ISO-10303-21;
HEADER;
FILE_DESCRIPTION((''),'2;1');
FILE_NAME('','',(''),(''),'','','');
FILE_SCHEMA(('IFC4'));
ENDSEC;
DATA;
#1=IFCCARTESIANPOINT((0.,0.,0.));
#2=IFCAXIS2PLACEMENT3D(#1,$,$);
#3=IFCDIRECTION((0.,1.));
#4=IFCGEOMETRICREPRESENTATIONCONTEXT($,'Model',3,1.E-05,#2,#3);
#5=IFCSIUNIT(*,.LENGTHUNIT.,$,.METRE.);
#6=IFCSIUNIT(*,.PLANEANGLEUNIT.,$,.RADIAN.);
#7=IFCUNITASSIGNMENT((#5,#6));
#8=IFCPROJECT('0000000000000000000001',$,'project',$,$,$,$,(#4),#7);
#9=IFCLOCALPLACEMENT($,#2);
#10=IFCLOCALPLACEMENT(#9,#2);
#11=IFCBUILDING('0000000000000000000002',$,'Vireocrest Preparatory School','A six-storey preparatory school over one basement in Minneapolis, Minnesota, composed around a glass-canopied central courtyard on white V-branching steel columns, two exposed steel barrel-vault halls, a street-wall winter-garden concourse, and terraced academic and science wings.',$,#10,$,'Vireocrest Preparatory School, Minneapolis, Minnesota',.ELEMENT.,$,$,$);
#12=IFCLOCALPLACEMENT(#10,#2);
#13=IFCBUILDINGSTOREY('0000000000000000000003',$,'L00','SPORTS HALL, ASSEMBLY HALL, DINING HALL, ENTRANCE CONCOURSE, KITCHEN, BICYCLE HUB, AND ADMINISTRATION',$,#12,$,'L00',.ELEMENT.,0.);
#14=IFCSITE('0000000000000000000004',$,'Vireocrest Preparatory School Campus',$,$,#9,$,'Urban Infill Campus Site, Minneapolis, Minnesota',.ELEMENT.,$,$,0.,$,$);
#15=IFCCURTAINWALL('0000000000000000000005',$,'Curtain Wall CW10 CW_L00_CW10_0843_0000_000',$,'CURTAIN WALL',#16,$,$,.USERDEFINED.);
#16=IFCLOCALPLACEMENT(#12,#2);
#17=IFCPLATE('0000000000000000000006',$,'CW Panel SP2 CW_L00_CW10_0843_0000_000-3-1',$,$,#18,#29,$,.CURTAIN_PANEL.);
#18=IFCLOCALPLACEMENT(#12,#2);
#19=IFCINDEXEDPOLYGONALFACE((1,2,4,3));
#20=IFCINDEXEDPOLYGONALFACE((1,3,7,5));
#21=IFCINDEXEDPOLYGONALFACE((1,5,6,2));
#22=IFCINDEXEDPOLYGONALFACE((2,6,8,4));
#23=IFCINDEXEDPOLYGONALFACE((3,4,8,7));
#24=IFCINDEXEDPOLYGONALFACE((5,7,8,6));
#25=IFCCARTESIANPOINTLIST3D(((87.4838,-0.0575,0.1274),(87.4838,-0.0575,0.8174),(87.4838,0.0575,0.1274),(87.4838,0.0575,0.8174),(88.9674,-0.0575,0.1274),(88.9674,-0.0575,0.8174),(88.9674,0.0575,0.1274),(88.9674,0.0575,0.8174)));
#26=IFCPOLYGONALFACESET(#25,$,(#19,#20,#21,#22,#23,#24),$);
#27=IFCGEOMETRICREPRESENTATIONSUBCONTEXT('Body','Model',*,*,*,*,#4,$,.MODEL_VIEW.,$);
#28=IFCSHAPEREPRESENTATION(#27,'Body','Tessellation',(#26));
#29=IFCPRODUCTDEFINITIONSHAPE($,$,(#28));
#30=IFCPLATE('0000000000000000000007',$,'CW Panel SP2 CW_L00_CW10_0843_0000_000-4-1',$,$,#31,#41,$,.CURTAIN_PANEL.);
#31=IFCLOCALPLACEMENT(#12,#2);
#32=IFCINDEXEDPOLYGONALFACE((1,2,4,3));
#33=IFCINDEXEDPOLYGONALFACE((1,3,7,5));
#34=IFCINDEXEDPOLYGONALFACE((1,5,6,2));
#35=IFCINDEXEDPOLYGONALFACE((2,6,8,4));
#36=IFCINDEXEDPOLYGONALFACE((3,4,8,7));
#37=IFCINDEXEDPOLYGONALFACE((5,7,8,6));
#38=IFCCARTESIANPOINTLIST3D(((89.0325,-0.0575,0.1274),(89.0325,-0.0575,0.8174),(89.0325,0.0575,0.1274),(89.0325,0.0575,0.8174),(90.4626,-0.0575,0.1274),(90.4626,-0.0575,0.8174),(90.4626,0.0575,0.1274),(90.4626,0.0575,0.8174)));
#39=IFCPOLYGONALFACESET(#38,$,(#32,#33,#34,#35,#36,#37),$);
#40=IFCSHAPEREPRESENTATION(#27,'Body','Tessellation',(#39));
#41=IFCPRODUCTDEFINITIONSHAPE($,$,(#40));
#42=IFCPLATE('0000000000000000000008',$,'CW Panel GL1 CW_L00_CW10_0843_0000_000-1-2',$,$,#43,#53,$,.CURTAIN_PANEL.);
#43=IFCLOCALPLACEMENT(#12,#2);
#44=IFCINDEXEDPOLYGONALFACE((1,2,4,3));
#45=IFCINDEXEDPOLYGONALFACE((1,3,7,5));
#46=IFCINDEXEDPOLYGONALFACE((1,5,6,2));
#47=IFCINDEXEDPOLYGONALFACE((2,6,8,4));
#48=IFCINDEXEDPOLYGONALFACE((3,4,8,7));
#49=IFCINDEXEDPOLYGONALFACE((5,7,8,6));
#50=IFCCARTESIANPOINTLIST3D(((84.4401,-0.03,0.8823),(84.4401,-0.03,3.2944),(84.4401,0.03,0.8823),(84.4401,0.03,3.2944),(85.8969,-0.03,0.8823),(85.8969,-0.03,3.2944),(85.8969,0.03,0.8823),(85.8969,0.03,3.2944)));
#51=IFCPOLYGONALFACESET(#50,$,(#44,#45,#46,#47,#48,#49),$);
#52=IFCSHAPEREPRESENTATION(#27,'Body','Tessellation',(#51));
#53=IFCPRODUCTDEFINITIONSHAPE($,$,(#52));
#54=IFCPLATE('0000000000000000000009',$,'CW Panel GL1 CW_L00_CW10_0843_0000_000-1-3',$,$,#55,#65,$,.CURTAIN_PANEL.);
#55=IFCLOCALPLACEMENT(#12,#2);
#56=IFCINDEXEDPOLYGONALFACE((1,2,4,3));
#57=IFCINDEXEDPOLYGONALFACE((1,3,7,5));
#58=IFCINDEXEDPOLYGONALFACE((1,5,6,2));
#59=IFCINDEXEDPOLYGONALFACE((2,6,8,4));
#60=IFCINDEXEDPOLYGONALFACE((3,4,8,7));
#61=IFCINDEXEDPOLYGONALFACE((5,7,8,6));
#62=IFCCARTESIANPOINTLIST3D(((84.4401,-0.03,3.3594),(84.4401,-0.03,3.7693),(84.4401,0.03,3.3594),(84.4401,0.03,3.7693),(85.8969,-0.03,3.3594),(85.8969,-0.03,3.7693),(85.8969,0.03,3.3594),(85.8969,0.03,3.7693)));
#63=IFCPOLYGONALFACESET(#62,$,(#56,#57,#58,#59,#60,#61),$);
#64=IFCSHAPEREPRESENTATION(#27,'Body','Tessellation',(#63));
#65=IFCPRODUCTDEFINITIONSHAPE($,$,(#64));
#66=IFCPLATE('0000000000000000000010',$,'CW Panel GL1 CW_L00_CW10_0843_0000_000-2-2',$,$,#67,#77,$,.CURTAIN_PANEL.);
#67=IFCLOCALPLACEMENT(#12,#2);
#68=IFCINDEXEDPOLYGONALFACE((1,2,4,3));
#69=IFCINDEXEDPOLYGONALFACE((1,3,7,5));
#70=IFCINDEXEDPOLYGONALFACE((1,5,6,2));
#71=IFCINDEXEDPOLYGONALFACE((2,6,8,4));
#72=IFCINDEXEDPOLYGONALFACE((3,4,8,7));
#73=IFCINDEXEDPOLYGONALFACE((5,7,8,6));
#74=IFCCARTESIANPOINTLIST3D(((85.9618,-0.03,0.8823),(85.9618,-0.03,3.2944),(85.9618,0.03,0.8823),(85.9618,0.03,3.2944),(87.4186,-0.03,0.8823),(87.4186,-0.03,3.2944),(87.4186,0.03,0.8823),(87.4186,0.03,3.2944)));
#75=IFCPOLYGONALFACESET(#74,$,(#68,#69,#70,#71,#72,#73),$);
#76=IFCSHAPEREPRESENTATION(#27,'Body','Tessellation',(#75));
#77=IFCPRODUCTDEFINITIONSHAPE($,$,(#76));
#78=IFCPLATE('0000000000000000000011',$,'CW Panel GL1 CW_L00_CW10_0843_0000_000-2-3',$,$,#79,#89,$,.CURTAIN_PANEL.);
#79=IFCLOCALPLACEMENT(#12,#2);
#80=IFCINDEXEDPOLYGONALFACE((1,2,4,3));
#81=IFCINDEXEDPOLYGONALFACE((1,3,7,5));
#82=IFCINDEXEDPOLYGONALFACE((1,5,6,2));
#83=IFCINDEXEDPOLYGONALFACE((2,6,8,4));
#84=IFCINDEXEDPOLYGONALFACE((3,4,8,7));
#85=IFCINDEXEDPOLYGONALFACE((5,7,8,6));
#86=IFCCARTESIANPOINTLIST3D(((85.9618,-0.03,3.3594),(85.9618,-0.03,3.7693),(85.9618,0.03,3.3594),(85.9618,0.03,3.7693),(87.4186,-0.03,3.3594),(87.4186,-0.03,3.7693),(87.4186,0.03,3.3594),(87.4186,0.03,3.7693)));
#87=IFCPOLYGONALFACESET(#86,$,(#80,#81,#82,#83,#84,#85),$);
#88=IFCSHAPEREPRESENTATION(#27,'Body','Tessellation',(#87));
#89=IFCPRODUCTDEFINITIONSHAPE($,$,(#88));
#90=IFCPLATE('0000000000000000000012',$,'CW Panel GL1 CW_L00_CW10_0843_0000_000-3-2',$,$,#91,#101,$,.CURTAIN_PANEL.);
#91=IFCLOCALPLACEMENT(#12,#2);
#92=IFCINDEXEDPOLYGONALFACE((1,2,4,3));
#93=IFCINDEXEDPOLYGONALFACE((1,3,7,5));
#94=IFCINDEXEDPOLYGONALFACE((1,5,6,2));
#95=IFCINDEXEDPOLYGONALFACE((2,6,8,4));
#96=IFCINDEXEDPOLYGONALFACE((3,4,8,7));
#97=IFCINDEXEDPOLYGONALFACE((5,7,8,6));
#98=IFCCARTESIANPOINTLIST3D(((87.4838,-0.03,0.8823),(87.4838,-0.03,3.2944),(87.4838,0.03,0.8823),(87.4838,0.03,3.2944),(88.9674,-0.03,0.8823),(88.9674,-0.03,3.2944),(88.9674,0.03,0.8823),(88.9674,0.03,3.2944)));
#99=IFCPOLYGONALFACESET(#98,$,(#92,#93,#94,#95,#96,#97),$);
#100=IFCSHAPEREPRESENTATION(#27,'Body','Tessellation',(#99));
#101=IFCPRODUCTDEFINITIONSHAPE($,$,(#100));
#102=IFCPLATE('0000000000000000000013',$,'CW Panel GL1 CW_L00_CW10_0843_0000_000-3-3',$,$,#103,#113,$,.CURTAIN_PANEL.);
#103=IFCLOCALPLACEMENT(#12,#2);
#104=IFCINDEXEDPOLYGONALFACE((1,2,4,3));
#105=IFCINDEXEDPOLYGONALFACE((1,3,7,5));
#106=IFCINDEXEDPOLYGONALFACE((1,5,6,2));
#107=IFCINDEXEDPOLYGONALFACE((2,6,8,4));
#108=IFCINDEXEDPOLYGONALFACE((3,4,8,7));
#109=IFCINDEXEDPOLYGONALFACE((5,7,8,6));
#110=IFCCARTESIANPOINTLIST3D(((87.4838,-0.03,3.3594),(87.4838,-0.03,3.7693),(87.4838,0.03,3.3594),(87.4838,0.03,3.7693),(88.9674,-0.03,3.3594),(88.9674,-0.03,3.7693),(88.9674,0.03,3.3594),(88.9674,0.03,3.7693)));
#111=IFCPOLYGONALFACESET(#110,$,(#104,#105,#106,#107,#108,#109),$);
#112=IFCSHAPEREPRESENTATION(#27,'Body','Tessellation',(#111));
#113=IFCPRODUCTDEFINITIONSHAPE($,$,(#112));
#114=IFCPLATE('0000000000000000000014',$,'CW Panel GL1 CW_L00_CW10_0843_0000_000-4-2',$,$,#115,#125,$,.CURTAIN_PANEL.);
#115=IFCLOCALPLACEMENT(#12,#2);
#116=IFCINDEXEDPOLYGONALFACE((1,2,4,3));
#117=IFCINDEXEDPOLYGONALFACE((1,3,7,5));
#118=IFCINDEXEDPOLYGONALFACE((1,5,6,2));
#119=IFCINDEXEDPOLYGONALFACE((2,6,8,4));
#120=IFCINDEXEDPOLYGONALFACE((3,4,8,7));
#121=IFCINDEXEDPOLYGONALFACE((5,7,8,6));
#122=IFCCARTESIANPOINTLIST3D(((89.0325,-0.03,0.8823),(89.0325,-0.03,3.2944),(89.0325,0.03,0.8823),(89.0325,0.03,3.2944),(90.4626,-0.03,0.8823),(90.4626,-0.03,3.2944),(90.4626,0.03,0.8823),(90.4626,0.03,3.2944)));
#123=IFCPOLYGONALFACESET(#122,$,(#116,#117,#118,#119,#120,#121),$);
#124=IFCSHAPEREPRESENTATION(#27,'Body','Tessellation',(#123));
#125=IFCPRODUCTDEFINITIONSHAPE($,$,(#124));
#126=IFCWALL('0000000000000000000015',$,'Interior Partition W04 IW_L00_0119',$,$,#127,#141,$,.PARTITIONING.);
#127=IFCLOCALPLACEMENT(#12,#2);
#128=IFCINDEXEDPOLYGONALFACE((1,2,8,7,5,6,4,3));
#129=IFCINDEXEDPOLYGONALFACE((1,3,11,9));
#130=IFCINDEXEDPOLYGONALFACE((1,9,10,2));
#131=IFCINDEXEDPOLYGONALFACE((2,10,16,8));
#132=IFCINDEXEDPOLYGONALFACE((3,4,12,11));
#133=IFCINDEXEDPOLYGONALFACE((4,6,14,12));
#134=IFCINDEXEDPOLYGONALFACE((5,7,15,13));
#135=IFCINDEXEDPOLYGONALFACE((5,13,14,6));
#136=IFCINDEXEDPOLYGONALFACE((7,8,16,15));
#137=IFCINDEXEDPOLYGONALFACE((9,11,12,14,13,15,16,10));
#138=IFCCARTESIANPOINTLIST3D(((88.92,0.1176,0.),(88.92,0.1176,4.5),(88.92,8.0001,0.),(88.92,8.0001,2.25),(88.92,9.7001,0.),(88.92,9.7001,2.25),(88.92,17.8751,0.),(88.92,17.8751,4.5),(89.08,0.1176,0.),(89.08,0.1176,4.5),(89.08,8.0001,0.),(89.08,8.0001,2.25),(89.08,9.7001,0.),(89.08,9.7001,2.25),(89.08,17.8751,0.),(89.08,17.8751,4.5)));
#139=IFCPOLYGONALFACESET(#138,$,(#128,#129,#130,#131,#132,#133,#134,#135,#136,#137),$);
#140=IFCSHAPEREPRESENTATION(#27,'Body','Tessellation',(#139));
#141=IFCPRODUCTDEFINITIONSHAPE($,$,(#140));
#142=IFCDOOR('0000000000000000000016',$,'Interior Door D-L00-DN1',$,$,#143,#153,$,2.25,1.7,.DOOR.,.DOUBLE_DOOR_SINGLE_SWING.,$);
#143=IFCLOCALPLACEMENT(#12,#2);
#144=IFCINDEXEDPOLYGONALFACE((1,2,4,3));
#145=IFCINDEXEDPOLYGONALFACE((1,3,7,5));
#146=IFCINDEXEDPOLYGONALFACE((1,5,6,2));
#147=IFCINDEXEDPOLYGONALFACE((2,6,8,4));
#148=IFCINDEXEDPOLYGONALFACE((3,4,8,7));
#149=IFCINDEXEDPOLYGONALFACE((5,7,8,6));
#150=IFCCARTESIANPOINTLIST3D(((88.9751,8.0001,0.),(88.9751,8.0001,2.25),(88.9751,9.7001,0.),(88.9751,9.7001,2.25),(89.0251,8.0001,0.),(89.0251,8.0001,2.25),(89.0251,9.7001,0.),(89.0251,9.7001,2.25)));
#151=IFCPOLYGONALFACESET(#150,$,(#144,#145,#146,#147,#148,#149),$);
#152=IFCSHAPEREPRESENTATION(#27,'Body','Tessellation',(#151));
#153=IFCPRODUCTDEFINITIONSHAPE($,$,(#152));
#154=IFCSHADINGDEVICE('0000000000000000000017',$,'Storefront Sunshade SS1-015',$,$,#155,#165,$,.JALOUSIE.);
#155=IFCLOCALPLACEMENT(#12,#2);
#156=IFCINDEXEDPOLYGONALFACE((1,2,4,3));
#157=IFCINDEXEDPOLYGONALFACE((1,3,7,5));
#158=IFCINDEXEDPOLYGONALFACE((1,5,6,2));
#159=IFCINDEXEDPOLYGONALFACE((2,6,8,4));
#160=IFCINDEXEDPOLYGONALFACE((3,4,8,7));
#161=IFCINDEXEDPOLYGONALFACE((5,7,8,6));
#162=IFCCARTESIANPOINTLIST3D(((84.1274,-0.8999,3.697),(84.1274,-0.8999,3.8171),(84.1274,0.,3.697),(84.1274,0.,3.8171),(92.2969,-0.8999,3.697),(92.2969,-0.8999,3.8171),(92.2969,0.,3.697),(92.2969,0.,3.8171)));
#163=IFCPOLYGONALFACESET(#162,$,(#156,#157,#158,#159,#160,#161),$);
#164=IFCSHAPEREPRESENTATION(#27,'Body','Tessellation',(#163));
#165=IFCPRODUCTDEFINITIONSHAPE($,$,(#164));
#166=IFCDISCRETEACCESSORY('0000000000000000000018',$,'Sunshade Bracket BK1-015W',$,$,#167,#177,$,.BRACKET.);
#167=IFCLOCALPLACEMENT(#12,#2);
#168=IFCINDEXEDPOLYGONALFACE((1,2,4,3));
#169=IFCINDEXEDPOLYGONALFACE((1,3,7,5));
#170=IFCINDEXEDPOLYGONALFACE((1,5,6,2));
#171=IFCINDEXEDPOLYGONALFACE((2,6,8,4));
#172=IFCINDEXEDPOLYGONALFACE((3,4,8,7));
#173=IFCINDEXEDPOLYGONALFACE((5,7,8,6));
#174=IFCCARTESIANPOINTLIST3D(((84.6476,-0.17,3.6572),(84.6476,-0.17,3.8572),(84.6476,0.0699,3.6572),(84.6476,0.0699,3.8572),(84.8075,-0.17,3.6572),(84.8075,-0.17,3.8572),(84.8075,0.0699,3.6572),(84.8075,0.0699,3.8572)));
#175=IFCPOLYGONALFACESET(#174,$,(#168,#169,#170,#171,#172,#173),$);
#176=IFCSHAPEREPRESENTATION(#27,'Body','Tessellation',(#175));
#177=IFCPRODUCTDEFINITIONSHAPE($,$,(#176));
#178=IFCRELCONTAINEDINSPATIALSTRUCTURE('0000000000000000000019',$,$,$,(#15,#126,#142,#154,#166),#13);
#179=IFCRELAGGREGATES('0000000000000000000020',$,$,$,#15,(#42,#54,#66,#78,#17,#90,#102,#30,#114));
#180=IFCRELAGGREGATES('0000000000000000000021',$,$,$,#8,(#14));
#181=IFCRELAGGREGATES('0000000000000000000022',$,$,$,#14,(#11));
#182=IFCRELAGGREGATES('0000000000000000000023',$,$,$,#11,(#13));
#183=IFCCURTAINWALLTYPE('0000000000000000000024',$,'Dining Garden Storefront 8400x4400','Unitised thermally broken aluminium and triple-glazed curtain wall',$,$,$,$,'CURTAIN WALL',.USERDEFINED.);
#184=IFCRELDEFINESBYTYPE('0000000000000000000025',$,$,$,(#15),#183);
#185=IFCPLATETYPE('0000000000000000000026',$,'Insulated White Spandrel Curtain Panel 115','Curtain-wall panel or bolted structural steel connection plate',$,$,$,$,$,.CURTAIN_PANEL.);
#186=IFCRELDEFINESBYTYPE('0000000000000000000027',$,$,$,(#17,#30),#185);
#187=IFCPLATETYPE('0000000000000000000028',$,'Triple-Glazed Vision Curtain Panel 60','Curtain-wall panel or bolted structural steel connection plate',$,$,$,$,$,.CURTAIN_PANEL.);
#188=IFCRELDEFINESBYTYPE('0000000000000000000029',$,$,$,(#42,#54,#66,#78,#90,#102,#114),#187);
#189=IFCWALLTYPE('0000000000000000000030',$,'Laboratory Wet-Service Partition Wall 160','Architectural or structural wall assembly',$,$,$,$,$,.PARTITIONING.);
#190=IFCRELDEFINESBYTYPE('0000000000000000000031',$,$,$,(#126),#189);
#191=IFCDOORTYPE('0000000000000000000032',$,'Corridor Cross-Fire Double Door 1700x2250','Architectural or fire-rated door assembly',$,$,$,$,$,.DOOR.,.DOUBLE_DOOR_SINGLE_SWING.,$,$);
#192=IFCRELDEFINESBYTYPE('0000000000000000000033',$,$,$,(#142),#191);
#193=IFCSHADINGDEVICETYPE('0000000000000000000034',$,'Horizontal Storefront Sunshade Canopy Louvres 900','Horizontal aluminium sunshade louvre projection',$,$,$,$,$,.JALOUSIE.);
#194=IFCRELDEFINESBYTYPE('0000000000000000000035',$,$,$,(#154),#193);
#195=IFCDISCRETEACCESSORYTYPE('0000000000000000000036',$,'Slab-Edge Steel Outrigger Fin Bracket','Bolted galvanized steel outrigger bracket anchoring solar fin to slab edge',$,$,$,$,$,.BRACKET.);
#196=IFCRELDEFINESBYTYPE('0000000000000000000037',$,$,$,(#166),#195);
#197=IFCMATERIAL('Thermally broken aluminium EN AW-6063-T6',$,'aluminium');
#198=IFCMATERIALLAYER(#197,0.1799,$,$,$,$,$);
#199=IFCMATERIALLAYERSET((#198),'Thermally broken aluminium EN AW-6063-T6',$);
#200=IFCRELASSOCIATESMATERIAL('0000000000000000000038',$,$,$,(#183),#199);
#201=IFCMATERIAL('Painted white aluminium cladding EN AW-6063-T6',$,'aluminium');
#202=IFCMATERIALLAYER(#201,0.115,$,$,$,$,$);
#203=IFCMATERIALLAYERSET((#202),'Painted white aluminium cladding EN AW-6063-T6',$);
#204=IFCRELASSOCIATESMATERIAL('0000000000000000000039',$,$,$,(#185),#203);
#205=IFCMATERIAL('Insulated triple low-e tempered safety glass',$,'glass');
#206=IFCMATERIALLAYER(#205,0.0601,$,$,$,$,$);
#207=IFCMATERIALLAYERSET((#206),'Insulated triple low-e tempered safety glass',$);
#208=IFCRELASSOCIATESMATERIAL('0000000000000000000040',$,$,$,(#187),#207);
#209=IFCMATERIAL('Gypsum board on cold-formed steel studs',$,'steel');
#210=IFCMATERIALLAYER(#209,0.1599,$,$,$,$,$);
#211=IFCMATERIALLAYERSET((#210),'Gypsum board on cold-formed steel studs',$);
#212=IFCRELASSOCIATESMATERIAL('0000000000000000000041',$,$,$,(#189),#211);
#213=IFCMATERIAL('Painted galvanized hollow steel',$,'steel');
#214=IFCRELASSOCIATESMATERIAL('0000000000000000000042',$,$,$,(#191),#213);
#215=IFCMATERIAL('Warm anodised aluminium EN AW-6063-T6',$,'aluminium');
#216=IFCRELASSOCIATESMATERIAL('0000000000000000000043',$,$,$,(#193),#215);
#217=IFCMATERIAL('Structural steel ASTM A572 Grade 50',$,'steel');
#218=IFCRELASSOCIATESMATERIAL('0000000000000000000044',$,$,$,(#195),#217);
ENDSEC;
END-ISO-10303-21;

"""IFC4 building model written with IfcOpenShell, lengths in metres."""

from ifc_helpers import new_model, si_unit, direction, frame, frame_2d, origin, origin_2d, place, context, subcontext, project, spatial, rectangle, extrude, material, layer, layer_set, type_object, element, fill, aggregate, save


model = new_model("IFC4")

# Units and contexts
model_context = context("Model", 3, precision=1e-05, world=origin(), true_north=direction((0.0, 1.0)))
body_context = subcontext(model_context, "Body", "Model", "MODEL_VIEW")
ifc_project = project(units=[si_unit("LENGTHUNIT", "METRE"), si_unit("PLANEANGLEUNIT", "RADIAN")], contexts=[model_context])

# Site, building, storey
site_placement = place(None, origin())
site = spatial("IfcSite", under=ifc_project, at=site_placement, Name="Vireocrest Preparatory School Campus", LongName="Urban Infill Campus Site, Minneapolis, Minnesota", CompositionType="ELEMENT", RefElevation=0.0)
building_placement = place(site_placement, origin())
building = spatial("IfcBuilding", under=site, at=building_placement, Name="Vireocrest Preparatory School", Description="A six-storey preparatory school over one basement in Minneapolis, Minnesota, composed around a glass-canopied central courtyard on white V-branching steel columns, two exposed steel barrel-vault halls, a street-wall winter-garden concourse, and terraced academic and science wings.", LongName="Vireocrest Preparatory School, Minneapolis, Minnesota", CompositionType="ELEMENT")
storey_placement = place(building_placement, origin())
storey = spatial("IfcBuildingStorey", under=building, at=storey_placement, Name="L00", Description="SPORTS HALL, ASSEMBLY HALL, DINING HALL, ENTRANCE CONCOURSE, KITCHEN, BICYCLE HUB, AND ADMINISTRATION", LongName="L00", CompositionType="ELEMENT", Elevation=0.0)

# Curtain wall
ifc_material_1 = material(Name="Thermally broken aluminium EN AW-6063-T6", Category="aluminium")
ifc_layer_1 = layer(ifc_material_1, 0.1799)
ifc_layer_set_1 = layer_set([ifc_layer_1], Name="Thermally broken aluminium EN AW-6063-T6")
curtain_wall_type = type_object("IfcCurtainWallType", Name="Dining Garden Storefront 8400x4400", Description="Unitised thermally broken aluminium and triple-glazed curtain wall", ElementType="CURTAIN WALL", PredefinedType="USERDEFINED", material=ifc_layer_set_1)
curtain_wall_placement = place(storey_placement, origin())
curtain_wall = element("IfcCurtainWall", 1, at=curtain_wall_placement, inside=storey, type_object=curtain_wall_type, Name="Curtain Wall CW10 CW_L00_CW10_0843_0000_000", ObjectType="CURTAIN WALL", PredefinedType="USERDEFINED")

# Plates
ifc_material_2 = material(Name="Painted white aluminium cladding EN AW-6063-T6", Category="aluminium")
ifc_layer_2 = layer(ifc_material_2, 0.115)
ifc_layer_set_2 = layer_set([ifc_layer_2], Name="Painted white aluminium cladding EN AW-6063-T6")
plate_type_1 = type_object("IfcPlateType", Name="Insulated White Spandrel Curtain Panel 115", Description="Curtain-wall panel or bolted structural steel connection plate", PredefinedType="CURTAIN_PANEL", material=ifc_layer_set_2)
plate_1_placement = place(storey_placement, frame((88.2256, 0.0, 0.1274), z_axis=(0.0, 0.0, 1.0), x_axis=(1.0, 0.0, 0.0)))
plate_1 = element("IfcPlate", 2, at=plate_1_placement, type_object=plate_type_1, Name="CW Panel SP2 CW_L00_CW10_0843_0000_000-3-1", PredefinedType="CURTAIN_PANEL", context=body_context, shape_type="SweptSolid", body=[
    extrude(rectangle(XDim=1.4836, YDim=0.115, at=origin_2d()), origin(), (0.0, 0.0, 1.0), 0.6899),
])
plate_2_placement = place(storey_placement, frame((89.7476, 0.0, 0.1274), z_axis=(0.0, 0.0, 1.0), x_axis=(1.0, 0.0, 0.0)))
plate_2 = element("IfcPlate", 3, at=plate_2_placement, type_object=plate_type_1, Name="CW Panel SP2 CW_L00_CW10_0843_0000_000-4-1", PredefinedType="CURTAIN_PANEL", context=body_context, shape_type="SweptSolid", body=[
    extrude(rectangle(XDim=1.4302, YDim=0.115, at=origin_2d()), origin(), (0.0, 0.0, 1.0), 0.6899),
])
ifc_material_3 = material(Name="Insulated triple low-e tempered safety glass", Category="glass")
ifc_layer_3 = layer(ifc_material_3, 0.0601)
ifc_layer_set_3 = layer_set([ifc_layer_3], Name="Insulated triple low-e tempered safety glass")
plate_type_2 = type_object("IfcPlateType", Name="Triple-Glazed Vision Curtain Panel 60", Description="Curtain-wall panel or bolted structural steel connection plate", PredefinedType="CURTAIN_PANEL", material=ifc_layer_set_3)
plate_3_placement = place(storey_placement, frame((85.1685, 0.0, 0.8823), z_axis=(0.0, 0.0, 1.0), x_axis=(1.0, 0.0, 0.0)))
plate_3 = element("IfcPlate", 4, at=plate_3_placement, type_object=plate_type_2, Name="CW Panel GL1 CW_L00_CW10_0843_0000_000-1-2", PredefinedType="CURTAIN_PANEL", context=body_context, shape_type="SweptSolid", body=[
    extrude(rectangle(XDim=1.4568, YDim=0.0601, at=origin_2d()), origin(), (0.0, 0.0, 1.0), 2.4121),
])
plate_4_placement = place(storey_placement, frame((85.1685, 0.0, 3.3594), z_axis=(0.0, 0.0, 1.0), x_axis=(1.0, 0.0, 0.0)))
plate_4 = element("IfcPlate", 5, at=plate_4_placement, type_object=plate_type_2, Name="CW Panel GL1 CW_L00_CW10_0843_0000_000-1-3", PredefinedType="CURTAIN_PANEL", context=body_context, shape_type="SweptSolid", body=[
    extrude(rectangle(XDim=1.4568, YDim=0.0601, at=origin_2d()), origin(), (0.0, 0.0, 1.0), 0.4099),
])
plate_5_placement = place(storey_placement, frame((86.6902, 0.0, 0.8823), z_axis=(0.0, 0.0, 1.0), x_axis=(1.0, 0.0, 0.0)))
plate_5 = element("IfcPlate", 6, at=plate_5_placement, type_object=plate_type_2, Name="CW Panel GL1 CW_L00_CW10_0843_0000_000-2-2", PredefinedType="CURTAIN_PANEL", context=body_context, shape_type="SweptSolid", body=[
    extrude(rectangle(XDim=1.4568, YDim=0.0601, at=origin_2d()), origin(), (0.0, 0.0, 1.0), 2.4121),
])
plate_6_placement = place(storey_placement, frame((86.6902, 0.0, 3.3594), z_axis=(0.0, 0.0, 1.0), x_axis=(1.0, 0.0, 0.0)))
plate_6 = element("IfcPlate", 7, at=plate_6_placement, type_object=plate_type_2, Name="CW Panel GL1 CW_L00_CW10_0843_0000_000-2-3", PredefinedType="CURTAIN_PANEL", context=body_context, shape_type="SweptSolid", body=[
    extrude(rectangle(XDim=1.4568, YDim=0.0601, at=origin_2d()), origin(), (0.0, 0.0, 1.0), 0.4099),
])
plate_7_placement = place(storey_placement, frame((88.2256, 0.0, 0.8823), z_axis=(0.0, 0.0, 1.0), x_axis=(1.0, 0.0, 0.0)))
plate_7 = element("IfcPlate", 8, at=plate_7_placement, type_object=plate_type_2, Name="CW Panel GL1 CW_L00_CW10_0843_0000_000-3-2", PredefinedType="CURTAIN_PANEL", context=body_context, shape_type="SweptSolid", body=[
    extrude(rectangle(XDim=1.4836, YDim=0.0601, at=origin_2d()), origin(), (0.0, 0.0, 1.0), 2.4121),
])
plate_8_placement = place(storey_placement, frame((88.2256, 0.0, 3.3594), z_axis=(0.0, 0.0, 1.0), x_axis=(1.0, 0.0, 0.0)))
plate_8 = element("IfcPlate", 9, at=plate_8_placement, type_object=plate_type_2, Name="CW Panel GL1 CW_L00_CW10_0843_0000_000-3-3", PredefinedType="CURTAIN_PANEL", context=body_context, shape_type="SweptSolid", body=[
    extrude(rectangle(XDim=1.4836, YDim=0.0601, at=origin_2d()), origin(), (0.0, 0.0, 1.0), 0.4099),
])
plate_9_placement = place(storey_placement, frame((89.7476, 0.0, 0.8823), z_axis=(0.0, 0.0, 1.0), x_axis=(1.0, 0.0, 0.0)))
plate_9 = element("IfcPlate", 10, at=plate_9_placement, type_object=plate_type_2, Name="CW Panel GL1 CW_L00_CW10_0843_0000_000-4-2", PredefinedType="CURTAIN_PANEL", context=body_context, shape_type="SweptSolid", body=[
    extrude(rectangle(XDim=1.4302, YDim=0.0601, at=origin_2d()), origin(), (0.0, 0.0, 1.0), 2.4121),
])
aggregate(curtain_wall, [plate_3, plate_4, plate_5, plate_6, plate_1, plate_7, plate_8, plate_2, plate_9])

# Wall, opening, door
ifc_material_4 = material(Name="Gypsum board on cold-formed steel studs", Category="steel")
ifc_layer_4 = layer(ifc_material_4, 0.1599)
ifc_layer_set_4 = layer_set([ifc_layer_4], Name="Gypsum board on cold-formed steel studs")
wall_type = type_object("IfcWallType", Name="Laboratory Wet-Service Partition Wall 160", Description="Architectural or structural wall assembly", PredefinedType="PARTITIONING", material=ifc_layer_set_4)
wall_placement = place(storey_placement, frame((89.0, 0.1174, 0.0), z_axis=(0.0, 0.0, 1.0), x_axis=(0.0, 1.0, 0.0)))
wall = element("IfcWall", 11, at=wall_placement, inside=storey, type_object=wall_type, Name="Interior Partition W04 IW_L00_0119", PredefinedType="PARTITIONING", context=body_context, shape_type="SweptSolid", body=[
    extrude(rectangle(XDim=17.7576, YDim=0.1599, at=frame_2d((8.8789, 0.0))), origin(), (0.0, 0.0, 1.0), 4.5),
])
opening_placement = place(wall_placement, frame((7.8826, 0.0, 0.0)))
opening = element("IfcOpeningElement", 12, at=opening_placement, cuts=wall, PredefinedType="OPENING", context=body_context, shape_type="SweptSolid", body=[
    extrude(rectangle(XDim=1.7, YDim=2.25, at=frame_2d((0.8501, 1.125))), frame((0.0, 0.0898, 0.0), z_axis=(0.0, -1.0, 0.0), x_axis=(1.0, 0.0, 0.0)), (0.0, 0.0, 1.0), 0.1799),
])
ifc_material_5 = material(Name="Painted galvanized hollow steel", Category="steel")
door_type = type_object("IfcDoorType", Name="Corridor Cross-Fire Double Door 1700x2250", Description="Architectural or fire-rated door assembly", OperationType="DOUBLE_DOOR_SINGLE_SWING", PredefinedType="DOOR", material=ifc_material_5)
door_placement = place(opening_placement, origin())
door = element("IfcDoor", 13, at=door_placement, inside=storey, type_object=door_type, Name="Interior Door D-L00-DN1", OperationType="DOUBLE_DOOR_SINGLE_SWING", OverallHeight=2.25, OverallWidth=1.7, PredefinedType="DOOR", context=body_context, shape_type="SweptSolid", body=[
    extrude(rectangle(XDim=1.7, YDim=2.25, at=frame_2d((0.8501, 1.125))), frame((0.0, 0.0249, 0.0), z_axis=(0.0, -1.0, 0.0), x_axis=(1.0, 0.0, 0.0)), (0.0, 0.0, 1.0), 0.05),
])
fill(opening, door)

# Shading device
ifc_material_6 = material(Name="Warm anodised aluminium EN AW-6063-T6", Category="aluminium")
shading_device_type = type_object("IfcShadingDeviceType", Name="Horizontal Storefront Sunshade Canopy Louvres 900", Description="Horizontal aluminium sunshade louvre projection", PredefinedType="JALOUSIE", material=ifc_material_6)
shading_device_placement = place(storey_placement, frame((88.2122, -0.45, 3.697), z_axis=(0.0, 0.0, 1.0), x_axis=(1.0, 0.0, 0.0)))
element("IfcShadingDevice", 14, at=shading_device_placement, inside=storey, type_object=shading_device_type, Name="Storefront Sunshade SS1-015", PredefinedType="JALOUSIE", context=body_context, shape_type="SweptSolid", body=[
    extrude(rectangle(XDim=8.1694, YDim=0.8999, at=origin_2d()), origin(), (0.0, 0.0, 1.0), 0.1201),
])

# Discrete accessory
ifc_material_7 = material(Name="Structural steel ASTM A572 Grade 50", Category="steel")
discrete_accessory_type = type_object("IfcDiscreteAccessoryType", Name="Slab-Edge Steel Outrigger Fin Bracket", Description="Bolted galvanized steel outrigger bracket anchoring solar fin to slab edge", PredefinedType="BRACKET", material=ifc_material_7)
discrete_accessory_placement = place(storey_placement, frame((84.7275, -0.05, 3.6572), z_axis=(0.0, 0.0, 1.0), x_axis=(1.0, 0.0, 0.0)))
element("IfcDiscreteAccessory", 15, at=discrete_accessory_placement, inside=storey, type_object=discrete_accessory_type, Name="Sunshade Bracket BK1-015W", PredefinedType="BRACKET", context=body_context, shape_type="SweptSolid", body=[
    extrude(rectangle(XDim=0.1599, YDim=0.24, at=origin_2d()), origin(), (0.0, 0.0, 1.0), 0.2),
])

save(model, "model.ifc")
